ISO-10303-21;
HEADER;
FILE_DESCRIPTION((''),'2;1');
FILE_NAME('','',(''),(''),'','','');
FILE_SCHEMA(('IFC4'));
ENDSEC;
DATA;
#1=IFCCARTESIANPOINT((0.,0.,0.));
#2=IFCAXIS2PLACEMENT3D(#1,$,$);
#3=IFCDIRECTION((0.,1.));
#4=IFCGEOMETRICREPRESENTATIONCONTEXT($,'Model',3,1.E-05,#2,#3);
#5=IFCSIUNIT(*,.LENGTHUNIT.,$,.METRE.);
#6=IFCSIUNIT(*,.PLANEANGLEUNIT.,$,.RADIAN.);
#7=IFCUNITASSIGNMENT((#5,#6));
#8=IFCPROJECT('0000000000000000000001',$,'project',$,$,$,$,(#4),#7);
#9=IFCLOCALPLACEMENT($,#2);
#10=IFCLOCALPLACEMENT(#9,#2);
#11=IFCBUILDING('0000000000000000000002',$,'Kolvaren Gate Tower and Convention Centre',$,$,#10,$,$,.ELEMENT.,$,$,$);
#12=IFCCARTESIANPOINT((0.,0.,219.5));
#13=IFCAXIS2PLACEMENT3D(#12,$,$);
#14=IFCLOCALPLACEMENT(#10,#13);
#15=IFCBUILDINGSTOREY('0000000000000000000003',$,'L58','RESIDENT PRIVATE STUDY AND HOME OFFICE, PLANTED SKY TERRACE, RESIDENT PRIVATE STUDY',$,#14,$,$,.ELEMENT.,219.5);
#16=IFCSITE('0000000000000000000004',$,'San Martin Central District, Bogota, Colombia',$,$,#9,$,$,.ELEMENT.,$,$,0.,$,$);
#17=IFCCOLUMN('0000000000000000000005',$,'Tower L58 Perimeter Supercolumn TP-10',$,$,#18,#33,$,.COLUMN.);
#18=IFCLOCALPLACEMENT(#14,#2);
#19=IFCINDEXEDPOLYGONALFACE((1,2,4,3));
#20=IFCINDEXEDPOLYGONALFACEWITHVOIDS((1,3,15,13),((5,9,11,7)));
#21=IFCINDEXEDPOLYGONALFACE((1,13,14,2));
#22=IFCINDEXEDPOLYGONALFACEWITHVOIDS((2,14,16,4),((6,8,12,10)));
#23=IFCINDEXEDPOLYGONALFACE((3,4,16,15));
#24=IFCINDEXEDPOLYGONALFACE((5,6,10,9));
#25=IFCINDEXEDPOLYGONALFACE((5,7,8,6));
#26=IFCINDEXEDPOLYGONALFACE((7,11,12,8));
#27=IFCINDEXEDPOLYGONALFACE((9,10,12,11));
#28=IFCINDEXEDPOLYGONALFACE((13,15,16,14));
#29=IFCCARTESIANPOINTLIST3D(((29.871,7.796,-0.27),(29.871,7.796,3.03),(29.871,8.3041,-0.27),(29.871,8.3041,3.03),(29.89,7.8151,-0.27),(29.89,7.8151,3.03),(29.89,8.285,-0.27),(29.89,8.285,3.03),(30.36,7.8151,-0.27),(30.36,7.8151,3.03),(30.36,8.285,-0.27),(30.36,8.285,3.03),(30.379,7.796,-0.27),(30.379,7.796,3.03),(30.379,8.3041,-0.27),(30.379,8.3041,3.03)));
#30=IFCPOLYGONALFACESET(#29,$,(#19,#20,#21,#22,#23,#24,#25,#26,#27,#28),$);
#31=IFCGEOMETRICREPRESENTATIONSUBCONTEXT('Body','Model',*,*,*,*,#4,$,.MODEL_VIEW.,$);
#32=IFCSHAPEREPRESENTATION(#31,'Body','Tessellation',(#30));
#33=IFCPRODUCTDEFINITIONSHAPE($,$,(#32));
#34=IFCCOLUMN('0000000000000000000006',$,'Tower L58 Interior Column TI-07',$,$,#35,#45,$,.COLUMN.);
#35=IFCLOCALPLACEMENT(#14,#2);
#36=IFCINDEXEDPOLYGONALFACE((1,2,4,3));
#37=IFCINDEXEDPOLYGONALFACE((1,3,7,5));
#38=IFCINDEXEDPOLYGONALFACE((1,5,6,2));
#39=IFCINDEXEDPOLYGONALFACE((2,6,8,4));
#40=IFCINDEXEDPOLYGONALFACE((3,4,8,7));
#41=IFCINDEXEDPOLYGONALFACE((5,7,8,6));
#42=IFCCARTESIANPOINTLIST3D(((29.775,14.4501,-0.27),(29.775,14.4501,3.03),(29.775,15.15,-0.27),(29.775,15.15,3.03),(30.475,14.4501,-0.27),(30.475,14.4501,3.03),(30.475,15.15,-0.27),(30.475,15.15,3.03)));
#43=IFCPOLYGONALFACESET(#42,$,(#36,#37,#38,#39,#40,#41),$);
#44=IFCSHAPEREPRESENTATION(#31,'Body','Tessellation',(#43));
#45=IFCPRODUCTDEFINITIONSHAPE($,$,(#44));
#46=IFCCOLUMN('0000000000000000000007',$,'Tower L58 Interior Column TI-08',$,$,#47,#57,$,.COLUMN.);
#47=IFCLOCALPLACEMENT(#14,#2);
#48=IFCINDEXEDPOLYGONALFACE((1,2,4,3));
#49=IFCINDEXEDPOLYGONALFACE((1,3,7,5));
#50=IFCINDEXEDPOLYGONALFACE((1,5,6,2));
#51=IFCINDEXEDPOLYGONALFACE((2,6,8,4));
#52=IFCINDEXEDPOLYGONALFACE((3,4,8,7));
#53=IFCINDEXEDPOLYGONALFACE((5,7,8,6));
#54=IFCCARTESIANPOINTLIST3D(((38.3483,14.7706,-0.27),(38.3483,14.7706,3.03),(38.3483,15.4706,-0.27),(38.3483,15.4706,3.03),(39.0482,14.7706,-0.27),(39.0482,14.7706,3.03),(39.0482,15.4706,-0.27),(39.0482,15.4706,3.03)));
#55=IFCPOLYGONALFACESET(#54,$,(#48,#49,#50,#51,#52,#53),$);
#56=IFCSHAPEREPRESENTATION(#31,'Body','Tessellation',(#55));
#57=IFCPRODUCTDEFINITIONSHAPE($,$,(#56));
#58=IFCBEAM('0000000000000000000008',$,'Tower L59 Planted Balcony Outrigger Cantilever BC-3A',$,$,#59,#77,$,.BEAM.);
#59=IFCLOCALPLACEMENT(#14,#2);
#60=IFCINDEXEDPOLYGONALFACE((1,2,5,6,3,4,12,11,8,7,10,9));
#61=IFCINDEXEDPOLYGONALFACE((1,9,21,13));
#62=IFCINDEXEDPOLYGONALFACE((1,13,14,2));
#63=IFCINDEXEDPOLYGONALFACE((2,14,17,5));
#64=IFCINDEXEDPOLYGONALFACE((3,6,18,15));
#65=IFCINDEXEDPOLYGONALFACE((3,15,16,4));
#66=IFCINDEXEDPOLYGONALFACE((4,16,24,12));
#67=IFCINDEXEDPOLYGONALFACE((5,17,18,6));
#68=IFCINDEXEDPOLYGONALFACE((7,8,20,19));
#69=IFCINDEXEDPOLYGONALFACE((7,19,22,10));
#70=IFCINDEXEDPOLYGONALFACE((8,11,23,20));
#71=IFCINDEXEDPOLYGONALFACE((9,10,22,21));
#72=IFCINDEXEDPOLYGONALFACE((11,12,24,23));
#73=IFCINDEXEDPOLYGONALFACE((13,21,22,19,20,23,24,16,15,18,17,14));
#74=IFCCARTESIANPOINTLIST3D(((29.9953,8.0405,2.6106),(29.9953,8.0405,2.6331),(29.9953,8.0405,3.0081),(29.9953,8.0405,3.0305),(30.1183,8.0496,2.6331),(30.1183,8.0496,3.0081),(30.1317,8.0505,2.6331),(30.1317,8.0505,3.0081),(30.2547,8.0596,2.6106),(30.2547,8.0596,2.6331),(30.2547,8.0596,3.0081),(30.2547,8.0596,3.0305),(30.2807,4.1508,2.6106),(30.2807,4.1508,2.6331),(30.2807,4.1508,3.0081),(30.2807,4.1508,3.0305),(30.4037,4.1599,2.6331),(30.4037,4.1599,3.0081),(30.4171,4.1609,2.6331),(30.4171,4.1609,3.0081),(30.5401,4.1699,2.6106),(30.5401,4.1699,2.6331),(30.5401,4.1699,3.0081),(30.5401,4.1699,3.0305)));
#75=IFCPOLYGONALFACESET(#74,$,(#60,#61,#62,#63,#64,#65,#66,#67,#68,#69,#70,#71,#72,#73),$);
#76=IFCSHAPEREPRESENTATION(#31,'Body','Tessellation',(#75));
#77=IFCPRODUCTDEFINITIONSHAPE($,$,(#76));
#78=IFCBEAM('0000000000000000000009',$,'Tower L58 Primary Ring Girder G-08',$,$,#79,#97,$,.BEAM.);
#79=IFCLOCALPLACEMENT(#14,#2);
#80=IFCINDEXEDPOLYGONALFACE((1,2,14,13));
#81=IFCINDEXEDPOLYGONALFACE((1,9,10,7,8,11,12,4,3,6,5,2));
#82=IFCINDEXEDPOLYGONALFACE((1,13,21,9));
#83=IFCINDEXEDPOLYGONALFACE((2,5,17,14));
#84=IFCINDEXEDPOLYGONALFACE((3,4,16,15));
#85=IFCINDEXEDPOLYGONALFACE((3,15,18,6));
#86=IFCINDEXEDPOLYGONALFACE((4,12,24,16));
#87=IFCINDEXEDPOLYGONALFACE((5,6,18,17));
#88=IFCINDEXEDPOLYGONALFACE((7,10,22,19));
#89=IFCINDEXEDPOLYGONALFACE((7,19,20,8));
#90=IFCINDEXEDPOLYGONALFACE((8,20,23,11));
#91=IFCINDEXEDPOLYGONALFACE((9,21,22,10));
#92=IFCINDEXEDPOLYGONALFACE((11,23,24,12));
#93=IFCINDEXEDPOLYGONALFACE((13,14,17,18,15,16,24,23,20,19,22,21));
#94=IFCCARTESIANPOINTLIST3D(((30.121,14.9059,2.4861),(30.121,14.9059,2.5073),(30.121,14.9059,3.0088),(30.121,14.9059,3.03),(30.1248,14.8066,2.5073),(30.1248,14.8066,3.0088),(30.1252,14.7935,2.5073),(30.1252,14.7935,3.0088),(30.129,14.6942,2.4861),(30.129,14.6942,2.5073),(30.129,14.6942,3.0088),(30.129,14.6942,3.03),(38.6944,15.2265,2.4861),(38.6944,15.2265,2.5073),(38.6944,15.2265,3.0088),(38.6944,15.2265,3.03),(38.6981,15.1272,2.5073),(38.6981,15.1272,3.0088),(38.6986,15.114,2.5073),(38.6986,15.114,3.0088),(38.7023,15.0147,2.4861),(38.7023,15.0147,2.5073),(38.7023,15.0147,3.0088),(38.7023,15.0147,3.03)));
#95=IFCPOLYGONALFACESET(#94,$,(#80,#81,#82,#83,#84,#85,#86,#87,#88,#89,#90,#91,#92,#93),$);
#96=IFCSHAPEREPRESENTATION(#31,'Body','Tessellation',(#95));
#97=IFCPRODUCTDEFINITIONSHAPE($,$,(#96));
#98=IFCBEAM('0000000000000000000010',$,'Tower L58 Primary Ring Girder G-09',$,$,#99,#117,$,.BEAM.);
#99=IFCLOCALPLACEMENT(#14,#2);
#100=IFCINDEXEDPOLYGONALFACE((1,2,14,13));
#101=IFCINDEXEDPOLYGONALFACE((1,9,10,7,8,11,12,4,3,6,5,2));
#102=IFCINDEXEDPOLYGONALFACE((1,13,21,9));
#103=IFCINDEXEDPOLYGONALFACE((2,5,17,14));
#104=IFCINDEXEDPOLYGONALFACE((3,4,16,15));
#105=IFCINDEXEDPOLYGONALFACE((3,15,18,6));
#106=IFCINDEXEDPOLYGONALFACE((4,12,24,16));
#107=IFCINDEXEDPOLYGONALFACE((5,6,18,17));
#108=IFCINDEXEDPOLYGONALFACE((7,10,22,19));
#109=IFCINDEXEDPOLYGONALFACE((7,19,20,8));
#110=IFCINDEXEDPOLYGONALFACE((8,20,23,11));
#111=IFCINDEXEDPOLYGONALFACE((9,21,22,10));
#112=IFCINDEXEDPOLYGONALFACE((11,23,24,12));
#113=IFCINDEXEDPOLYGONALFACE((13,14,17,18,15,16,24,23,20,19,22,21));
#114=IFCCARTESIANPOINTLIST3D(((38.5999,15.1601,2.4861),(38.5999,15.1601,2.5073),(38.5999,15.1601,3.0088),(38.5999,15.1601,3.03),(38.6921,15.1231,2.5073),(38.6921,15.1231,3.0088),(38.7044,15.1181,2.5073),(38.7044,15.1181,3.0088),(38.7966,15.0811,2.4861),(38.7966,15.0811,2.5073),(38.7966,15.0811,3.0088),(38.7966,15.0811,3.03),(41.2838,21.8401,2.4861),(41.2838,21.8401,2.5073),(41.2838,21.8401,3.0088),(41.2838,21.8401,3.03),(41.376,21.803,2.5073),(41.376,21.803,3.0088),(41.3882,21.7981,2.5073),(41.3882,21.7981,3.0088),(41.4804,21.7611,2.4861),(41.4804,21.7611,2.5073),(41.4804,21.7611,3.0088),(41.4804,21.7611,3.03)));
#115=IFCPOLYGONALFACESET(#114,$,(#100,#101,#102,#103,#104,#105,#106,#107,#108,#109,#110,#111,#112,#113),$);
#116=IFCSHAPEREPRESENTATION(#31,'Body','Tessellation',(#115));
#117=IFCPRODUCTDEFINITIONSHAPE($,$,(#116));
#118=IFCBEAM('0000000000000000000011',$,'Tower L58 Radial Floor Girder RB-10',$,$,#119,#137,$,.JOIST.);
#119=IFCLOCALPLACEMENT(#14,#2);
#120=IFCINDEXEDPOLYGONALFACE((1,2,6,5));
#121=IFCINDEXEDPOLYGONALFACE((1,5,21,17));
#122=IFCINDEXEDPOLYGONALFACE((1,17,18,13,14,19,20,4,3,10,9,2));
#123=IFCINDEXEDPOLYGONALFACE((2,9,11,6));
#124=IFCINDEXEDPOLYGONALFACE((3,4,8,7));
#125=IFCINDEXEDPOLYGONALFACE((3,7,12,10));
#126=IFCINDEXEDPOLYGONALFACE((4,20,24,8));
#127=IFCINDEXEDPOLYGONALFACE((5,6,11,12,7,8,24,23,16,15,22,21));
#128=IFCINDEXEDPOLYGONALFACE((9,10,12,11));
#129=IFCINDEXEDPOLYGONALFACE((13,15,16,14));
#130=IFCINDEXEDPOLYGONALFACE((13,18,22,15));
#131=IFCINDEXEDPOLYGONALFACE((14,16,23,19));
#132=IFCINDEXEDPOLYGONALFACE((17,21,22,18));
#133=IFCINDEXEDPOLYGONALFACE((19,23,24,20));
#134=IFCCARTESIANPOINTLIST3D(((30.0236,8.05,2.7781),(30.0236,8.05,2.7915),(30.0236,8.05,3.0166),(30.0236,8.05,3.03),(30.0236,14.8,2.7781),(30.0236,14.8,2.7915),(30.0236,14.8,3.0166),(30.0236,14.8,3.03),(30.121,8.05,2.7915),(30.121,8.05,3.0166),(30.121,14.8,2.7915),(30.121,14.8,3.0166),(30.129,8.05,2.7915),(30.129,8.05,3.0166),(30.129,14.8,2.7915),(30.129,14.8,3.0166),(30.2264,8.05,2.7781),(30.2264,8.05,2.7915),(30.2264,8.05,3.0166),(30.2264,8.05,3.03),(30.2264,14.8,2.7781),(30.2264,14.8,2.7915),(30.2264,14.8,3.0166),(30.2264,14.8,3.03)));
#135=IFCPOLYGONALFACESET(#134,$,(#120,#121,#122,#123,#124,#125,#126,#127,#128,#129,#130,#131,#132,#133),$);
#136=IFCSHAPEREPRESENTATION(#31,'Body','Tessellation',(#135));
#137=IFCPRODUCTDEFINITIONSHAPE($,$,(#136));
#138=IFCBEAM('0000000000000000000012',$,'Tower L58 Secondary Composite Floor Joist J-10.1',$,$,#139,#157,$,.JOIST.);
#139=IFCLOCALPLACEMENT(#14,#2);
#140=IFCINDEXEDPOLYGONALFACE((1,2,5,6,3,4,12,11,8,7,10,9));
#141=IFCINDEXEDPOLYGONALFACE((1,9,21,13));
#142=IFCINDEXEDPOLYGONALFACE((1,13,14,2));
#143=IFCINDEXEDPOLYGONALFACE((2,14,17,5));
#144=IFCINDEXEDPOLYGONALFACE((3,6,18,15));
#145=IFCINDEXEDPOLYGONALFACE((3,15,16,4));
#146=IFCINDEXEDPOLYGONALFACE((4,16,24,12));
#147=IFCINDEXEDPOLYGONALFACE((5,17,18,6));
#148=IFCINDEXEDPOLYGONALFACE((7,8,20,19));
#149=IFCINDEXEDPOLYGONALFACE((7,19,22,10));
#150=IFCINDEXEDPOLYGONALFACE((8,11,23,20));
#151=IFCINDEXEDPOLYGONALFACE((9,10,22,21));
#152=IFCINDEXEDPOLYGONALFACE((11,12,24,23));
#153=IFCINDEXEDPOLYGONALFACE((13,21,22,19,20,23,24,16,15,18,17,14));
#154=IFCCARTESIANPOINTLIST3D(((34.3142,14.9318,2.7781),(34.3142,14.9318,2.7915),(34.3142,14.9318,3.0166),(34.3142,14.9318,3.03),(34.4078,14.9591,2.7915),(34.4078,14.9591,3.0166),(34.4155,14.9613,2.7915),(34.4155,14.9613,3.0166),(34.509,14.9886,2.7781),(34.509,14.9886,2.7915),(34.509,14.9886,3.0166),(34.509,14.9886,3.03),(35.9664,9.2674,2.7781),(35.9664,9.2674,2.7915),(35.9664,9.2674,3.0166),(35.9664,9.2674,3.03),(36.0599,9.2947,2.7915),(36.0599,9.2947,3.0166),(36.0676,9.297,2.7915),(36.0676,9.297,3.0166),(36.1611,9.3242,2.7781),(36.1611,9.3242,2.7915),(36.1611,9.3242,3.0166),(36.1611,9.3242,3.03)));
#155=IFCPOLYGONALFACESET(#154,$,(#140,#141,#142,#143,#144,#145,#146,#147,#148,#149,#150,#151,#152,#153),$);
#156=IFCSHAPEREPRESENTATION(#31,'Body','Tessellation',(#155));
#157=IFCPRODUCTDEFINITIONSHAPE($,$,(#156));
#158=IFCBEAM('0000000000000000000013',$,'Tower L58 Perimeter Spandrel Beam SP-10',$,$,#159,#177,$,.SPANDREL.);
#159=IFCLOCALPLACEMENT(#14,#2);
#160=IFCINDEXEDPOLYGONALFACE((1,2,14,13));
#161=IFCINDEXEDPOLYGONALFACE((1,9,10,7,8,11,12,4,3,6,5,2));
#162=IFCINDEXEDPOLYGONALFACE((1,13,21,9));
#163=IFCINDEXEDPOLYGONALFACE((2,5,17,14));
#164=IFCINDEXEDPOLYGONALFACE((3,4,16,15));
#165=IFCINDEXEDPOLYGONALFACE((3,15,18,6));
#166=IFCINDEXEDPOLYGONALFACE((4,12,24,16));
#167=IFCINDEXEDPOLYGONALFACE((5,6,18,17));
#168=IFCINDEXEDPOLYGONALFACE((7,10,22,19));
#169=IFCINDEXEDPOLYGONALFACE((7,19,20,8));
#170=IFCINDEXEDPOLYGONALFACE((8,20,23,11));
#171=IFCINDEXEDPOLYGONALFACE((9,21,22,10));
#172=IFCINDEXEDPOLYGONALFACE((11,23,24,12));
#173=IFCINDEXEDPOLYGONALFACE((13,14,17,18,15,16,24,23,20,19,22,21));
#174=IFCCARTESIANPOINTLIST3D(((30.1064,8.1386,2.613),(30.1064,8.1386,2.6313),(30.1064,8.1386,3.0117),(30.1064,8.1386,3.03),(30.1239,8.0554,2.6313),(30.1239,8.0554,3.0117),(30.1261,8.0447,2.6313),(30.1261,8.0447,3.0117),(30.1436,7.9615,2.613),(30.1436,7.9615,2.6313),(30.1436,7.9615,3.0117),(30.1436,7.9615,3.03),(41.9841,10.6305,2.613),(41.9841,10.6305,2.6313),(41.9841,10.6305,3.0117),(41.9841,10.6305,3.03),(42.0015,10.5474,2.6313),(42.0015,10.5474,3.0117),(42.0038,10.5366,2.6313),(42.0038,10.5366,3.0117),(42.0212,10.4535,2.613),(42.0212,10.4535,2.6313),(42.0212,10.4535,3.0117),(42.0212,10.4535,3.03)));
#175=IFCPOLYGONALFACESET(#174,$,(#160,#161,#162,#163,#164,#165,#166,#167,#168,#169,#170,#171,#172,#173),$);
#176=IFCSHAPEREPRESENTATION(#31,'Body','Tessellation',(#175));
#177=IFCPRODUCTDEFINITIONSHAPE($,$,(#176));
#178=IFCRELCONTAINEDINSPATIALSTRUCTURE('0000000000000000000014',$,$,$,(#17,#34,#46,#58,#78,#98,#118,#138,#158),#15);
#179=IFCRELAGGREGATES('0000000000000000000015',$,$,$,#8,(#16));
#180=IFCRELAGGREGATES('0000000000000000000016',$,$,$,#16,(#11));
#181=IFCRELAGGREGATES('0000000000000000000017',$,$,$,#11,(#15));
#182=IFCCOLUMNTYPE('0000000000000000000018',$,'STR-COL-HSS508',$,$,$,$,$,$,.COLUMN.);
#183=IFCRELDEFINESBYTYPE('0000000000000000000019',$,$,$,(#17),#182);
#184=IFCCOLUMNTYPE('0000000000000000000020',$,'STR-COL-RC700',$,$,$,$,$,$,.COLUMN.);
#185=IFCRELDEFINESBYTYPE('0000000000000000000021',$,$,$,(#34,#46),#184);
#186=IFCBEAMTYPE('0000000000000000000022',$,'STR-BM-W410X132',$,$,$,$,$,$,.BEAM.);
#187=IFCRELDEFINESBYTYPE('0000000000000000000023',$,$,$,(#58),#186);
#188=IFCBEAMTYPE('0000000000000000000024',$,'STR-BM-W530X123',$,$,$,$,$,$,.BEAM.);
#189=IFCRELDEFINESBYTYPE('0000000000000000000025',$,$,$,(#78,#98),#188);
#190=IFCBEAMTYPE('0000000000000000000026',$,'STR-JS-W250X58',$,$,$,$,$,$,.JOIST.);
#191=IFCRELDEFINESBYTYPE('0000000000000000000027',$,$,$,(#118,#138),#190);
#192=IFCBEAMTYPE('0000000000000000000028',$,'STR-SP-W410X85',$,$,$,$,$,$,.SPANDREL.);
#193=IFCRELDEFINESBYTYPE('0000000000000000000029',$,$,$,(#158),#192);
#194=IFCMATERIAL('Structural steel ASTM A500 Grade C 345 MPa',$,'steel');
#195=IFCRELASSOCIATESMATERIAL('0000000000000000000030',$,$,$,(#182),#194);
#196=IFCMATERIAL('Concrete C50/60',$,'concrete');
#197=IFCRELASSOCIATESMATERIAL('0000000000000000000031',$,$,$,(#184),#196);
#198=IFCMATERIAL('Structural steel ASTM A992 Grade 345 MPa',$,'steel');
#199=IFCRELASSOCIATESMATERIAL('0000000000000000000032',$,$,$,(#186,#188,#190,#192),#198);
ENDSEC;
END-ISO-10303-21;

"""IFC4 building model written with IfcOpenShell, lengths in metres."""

from ifc_helpers import new_model, si_unit, direction, frame, origin, origin_2d, place, context, subcontext, project, spatial, rectangle, hollow_rectangle, i_section, extrude, material, material_profile, profile_set, type_object, element, save


model = new_model("IFC4")

# Units and contexts
model_context = context("Model", 3, precision=1e-05, world=origin(), true_north=direction((0.0, 1.0)))
body_context = subcontext(model_context, "Body", "Model", "MODEL_VIEW")
ifc_project = project(units=[si_unit("LENGTHUNIT", "METRE"), si_unit("PLANEANGLEUNIT", "RADIAN")], contexts=[model_context])

# Site, building, storey
site_placement = place(None, origin())
site = spatial("IfcSite", under=ifc_project, at=site_placement, Name="San Martin Central District, Bogota, Colombia", CompositionType="ELEMENT", RefElevation=0.0)
building_placement = place(site_placement, origin())
building = spatial("IfcBuilding", under=site, at=building_placement, Name="Kolvaren Gate Tower and Convention Centre", CompositionType="ELEMENT")
storey_placement = place(building_placement, frame((0.0, 0.0, 219.5)))
storey = spatial("IfcBuildingStorey", under=building, at=storey_placement, Name="L58", Description="RESIDENT PRIVATE STUDY AND HOME OFFICE, PLANTED SKY TERRACE, RESIDENT PRIVATE STUDY", CompositionType="ELEMENT", Elevation=219.5)

# Columns
ifc_material_1 = material(Name="Structural steel ASTM A500 Grade C 345 MPa", Category="steel")
ifc_material_profile_1 = material_profile(ifc_material_1, hollow_rectangle(XDim=0.5081, YDim=0.5081, WallThickness=0.019, at=origin_2d()), Name="HSS508X508X19.1")
ifc_profile_set_1 = profile_set([ifc_material_profile_1], Name="Structural steel ASTM A500 Grade C 345 MPa")
column_type_1 = type_object("IfcColumnType", Name="STR-COL-HSS508", PredefinedType="COLUMN", material=ifc_profile_set_1)
column_placement = place(storey_placement, frame((30.125, 8.05, -0.27), z_axis=(0.0, 0.0, 1.0), x_axis=(1.0, 0.0, 0.0)))
element("IfcColumn", 1, at=column_placement, inside=storey, type_object=column_type_1, Name="Tower L58 Perimeter Supercolumn TP-10", PredefinedType="COLUMN", context=body_context, shape_type="SweptSolid", body=[
    extrude(hollow_rectangle(XDim=0.5081, YDim=0.5081, WallThickness=0.019, at=origin_2d()), origin(), (0.0, 0.0, 1.0), 3.3),
])
ifc_material_2 = material(Name="Concrete C50/60", Category="concrete")
ifc_material_profile_2 = material_profile(ifc_material_2, rectangle(XDim=0.7, YDim=0.7, at=origin_2d()), Name="RC-COL-700X700")
ifc_profile_set_2 = profile_set([ifc_material_profile_2], Name="Concrete C50/60")
column_type_2 = type_object("IfcColumnType", Name="STR-COL-RC700", PredefinedType="COLUMN", material=ifc_profile_set_2)
for number, where, z_axis, x_axis, name in (
    (2, (30.125, 14.8, -0.27), (0.0, 0.0, 1.0), (1.0, 0.0, 0.0), "Tower L58 Interior Column TI-07"),
    (3, (38.6982, 15.1206, -0.27), (0.0, 0.0, 1.0), (1.0, 0.0, 0.0), "Tower L58 Interior Column TI-08"),
):
    element("IfcColumn", number, at=place(storey_placement, frame(where, z_axis=z_axis, x_axis=x_axis)), inside=storey, type_object=column_type_2, Name=name, PredefinedType="COLUMN", context=body_context, shape_type="SweptSolid", body=[
        extrude(rectangle(XDim=0.7, YDim=0.7, at=origin_2d()), origin(), (0.0, 0.0, 1.0), 3.3),
    ])

# Beams
ifc_material_3 = material(Name="Structural steel ASTM A992 Grade 345 MPa", Category="steel")
ifc_material_profile_3 = material_profile(ifc_material_3, i_section(OverallWidth=0.26, OverallDepth=0.4199, WebThickness=0.0134, FlangeThickness=0.0225, at=origin_2d()), Name="W410X132")
ifc_profile_set_3 = profile_set([ifc_material_profile_3], Name="Structural steel ASTM A992 Grade 345 MPa")
beam_type_1 = type_object("IfcBeamType", Name="STR-BM-W410X132", PredefinedType="BEAM", material=ifc_profile_set_3)
beam_1_placement = place(storey_placement, frame((30.125, 8.05, 2.8206), z_axis=(0.073178, -0.997319, 0.0), x_axis=(0.997319, 0.073178, 0.0)))
element("IfcBeam", 4, at=beam_1_placement, inside=storey, type_object=beam_type_1, Name="Tower L59 Planted Balcony Outrigger Cantilever BC-3A", PredefinedType="BEAM", context=body_context, shape_type="SweptSolid", body=[
    extrude(i_section(OverallWidth=0.26, OverallDepth=0.4199, WebThickness=0.0134, FlangeThickness=0.0225, at=origin_2d()), origin(), (0.0, 0.0, 1.0), 3.9001),
])
ifc_material_profile_4 = material_profile(ifc_material_3, i_section(OverallWidth=0.2119, OverallDepth=0.5439, WebThickness=0.0132, FlangeThickness=0.0212, at=origin_2d()), Name="W530X123")
ifc_profile_set_4 = profile_set([ifc_material_profile_4], Name="Structural steel ASTM A992 Grade 345 MPa")
beam_type_2 = type_object("IfcBeamType", Name="STR-BM-W530X123", PredefinedType="BEAM", material=ifc_profile_set_4)
beam_2_placement = place(storey_placement, frame((30.125, 14.8, 2.7581), z_axis=(0.999302, 0.037364, 0.0), x_axis=(-0.037364, 0.999302, 0.0)))
element("IfcBeam", 5, at=beam_2_placement, inside=storey, type_object=beam_type_2, Name="Tower L58 Primary Ring Girder G-08", PredefinedType="BEAM", context=body_context, shape_type="SweptSolid", body=[
    extrude(i_section(OverallWidth=0.2119, OverallDepth=0.5439, WebThickness=0.0132, FlangeThickness=0.0212, at=origin_2d()), origin(), (0.0, 0.0, 1.0), 8.5793),
])
beam_3_placement = place(storey_placement, frame((38.6982, 15.1206, 2.7581), z_axis=(0.372811, 0.927907, 0.0), x_axis=(-0.927907, 0.372811, 0.0)))
element("IfcBeam", 6, at=beam_3_placement, inside=storey, type_object=beam_type_2, Name="Tower L58 Primary Ring Girder G-09", PredefinedType="BEAM", context=body_context, shape_type="SweptSolid", body=[
    extrude(i_section(OverallWidth=0.2119, OverallDepth=0.5439, WebThickness=0.0132, FlangeThickness=0.0212, at=origin_2d()), origin(), (0.0, 0.0, 1.0), 7.199),
])
ifc_material_profile_5 = material_profile(ifc_material_3, i_section(OverallWidth=0.2029, OverallDepth=0.252, WebThickness=0.0081, FlangeThickness=0.0134, at=origin_2d()), Name="W250X58")
ifc_profile_set_5 = profile_set([ifc_material_profile_5], Name="Structural steel ASTM A992 Grade 345 MPa")
beam_type_3 = type_object("IfcBeamType", Name="STR-JS-W250X58", PredefinedType="JOIST", material=ifc_profile_set_5)
beam_4_placement = place(storey_placement, frame((30.125, 14.8, 2.9041), z_axis=(0.0, -1.0, 0.0), x_axis=(1.0, 0.0, 0.0)))
element("IfcBeam", 7, at=beam_4_placement, inside=storey, type_object=beam_type_3, Name="Tower L58 Radial Floor Girder RB-10", PredefinedType="JOIST", context=body_context, shape_type="SweptSolid", body=[
    extrude(i_section(OverallWidth=0.2029, OverallDepth=0.252, WebThickness=0.0081, FlangeThickness=0.0134, at=origin_2d()), origin(), (0.0, 0.0, 1.0), 6.75),
])
beam_5_placement = place(storey_placement, frame((34.4116, 14.9602, 2.9041), z_axis=(0.280002, -0.96, 0.0), x_axis=(0.96, 0.280002, 0.0)))
element("IfcBeam", 8, at=beam_5_placement, inside=storey, type_object=beam_type_3, Name="Tower L58 Secondary Composite Floor Joist J-10.1", PredefinedType="JOIST", context=body_context, shape_type="SweptSolid", body=[
    extrude(i_section(OverallWidth=0.2029, OverallDepth=0.252, WebThickness=0.0081, FlangeThickness=0.0134, at=origin_2d()), origin(), (0.0, 0.0, 1.0), 5.9004),
])
ifc_material_profile_6 = material_profile(ifc_material_3, i_section(OverallWidth=0.1809, OverallDepth=0.417, WebThickness=0.011, FlangeThickness=0.0183, at=origin_2d()), Name="W410X85")
ifc_profile_set_6 = profile_set([ifc_material_profile_6], Name="Structural steel ASTM A992 Grade 345 MPa")
beam_type_4 = type_object("IfcBeamType", Name="STR-SP-W410X85", PredefinedType="SPANDREL", material=ifc_profile_set_6)
beam_6_placement = place(storey_placement, frame((30.125, 8.05, 2.8215), z_axis=(0.978693, 0.20533, 0.0), x_axis=(-0.20533, 0.978693, 0.0)))
element("IfcBeam", 9, at=beam_6_placement, inside=storey, type_object=beam_type_4, Name="Tower L58 Perimeter Spandrel Beam SP-10", PredefinedType="SPANDREL", context=body_context, shape_type="SweptSolid", body=[
    extrude(i_section(OverallWidth=0.1809, OverallDepth=0.417, WebThickness=0.011, FlangeThickness=0.0183, at=origin_2d()), origin(), (0.0, 0.0, 1.0), 12.1362),
])

save(model, "model.ifc")
